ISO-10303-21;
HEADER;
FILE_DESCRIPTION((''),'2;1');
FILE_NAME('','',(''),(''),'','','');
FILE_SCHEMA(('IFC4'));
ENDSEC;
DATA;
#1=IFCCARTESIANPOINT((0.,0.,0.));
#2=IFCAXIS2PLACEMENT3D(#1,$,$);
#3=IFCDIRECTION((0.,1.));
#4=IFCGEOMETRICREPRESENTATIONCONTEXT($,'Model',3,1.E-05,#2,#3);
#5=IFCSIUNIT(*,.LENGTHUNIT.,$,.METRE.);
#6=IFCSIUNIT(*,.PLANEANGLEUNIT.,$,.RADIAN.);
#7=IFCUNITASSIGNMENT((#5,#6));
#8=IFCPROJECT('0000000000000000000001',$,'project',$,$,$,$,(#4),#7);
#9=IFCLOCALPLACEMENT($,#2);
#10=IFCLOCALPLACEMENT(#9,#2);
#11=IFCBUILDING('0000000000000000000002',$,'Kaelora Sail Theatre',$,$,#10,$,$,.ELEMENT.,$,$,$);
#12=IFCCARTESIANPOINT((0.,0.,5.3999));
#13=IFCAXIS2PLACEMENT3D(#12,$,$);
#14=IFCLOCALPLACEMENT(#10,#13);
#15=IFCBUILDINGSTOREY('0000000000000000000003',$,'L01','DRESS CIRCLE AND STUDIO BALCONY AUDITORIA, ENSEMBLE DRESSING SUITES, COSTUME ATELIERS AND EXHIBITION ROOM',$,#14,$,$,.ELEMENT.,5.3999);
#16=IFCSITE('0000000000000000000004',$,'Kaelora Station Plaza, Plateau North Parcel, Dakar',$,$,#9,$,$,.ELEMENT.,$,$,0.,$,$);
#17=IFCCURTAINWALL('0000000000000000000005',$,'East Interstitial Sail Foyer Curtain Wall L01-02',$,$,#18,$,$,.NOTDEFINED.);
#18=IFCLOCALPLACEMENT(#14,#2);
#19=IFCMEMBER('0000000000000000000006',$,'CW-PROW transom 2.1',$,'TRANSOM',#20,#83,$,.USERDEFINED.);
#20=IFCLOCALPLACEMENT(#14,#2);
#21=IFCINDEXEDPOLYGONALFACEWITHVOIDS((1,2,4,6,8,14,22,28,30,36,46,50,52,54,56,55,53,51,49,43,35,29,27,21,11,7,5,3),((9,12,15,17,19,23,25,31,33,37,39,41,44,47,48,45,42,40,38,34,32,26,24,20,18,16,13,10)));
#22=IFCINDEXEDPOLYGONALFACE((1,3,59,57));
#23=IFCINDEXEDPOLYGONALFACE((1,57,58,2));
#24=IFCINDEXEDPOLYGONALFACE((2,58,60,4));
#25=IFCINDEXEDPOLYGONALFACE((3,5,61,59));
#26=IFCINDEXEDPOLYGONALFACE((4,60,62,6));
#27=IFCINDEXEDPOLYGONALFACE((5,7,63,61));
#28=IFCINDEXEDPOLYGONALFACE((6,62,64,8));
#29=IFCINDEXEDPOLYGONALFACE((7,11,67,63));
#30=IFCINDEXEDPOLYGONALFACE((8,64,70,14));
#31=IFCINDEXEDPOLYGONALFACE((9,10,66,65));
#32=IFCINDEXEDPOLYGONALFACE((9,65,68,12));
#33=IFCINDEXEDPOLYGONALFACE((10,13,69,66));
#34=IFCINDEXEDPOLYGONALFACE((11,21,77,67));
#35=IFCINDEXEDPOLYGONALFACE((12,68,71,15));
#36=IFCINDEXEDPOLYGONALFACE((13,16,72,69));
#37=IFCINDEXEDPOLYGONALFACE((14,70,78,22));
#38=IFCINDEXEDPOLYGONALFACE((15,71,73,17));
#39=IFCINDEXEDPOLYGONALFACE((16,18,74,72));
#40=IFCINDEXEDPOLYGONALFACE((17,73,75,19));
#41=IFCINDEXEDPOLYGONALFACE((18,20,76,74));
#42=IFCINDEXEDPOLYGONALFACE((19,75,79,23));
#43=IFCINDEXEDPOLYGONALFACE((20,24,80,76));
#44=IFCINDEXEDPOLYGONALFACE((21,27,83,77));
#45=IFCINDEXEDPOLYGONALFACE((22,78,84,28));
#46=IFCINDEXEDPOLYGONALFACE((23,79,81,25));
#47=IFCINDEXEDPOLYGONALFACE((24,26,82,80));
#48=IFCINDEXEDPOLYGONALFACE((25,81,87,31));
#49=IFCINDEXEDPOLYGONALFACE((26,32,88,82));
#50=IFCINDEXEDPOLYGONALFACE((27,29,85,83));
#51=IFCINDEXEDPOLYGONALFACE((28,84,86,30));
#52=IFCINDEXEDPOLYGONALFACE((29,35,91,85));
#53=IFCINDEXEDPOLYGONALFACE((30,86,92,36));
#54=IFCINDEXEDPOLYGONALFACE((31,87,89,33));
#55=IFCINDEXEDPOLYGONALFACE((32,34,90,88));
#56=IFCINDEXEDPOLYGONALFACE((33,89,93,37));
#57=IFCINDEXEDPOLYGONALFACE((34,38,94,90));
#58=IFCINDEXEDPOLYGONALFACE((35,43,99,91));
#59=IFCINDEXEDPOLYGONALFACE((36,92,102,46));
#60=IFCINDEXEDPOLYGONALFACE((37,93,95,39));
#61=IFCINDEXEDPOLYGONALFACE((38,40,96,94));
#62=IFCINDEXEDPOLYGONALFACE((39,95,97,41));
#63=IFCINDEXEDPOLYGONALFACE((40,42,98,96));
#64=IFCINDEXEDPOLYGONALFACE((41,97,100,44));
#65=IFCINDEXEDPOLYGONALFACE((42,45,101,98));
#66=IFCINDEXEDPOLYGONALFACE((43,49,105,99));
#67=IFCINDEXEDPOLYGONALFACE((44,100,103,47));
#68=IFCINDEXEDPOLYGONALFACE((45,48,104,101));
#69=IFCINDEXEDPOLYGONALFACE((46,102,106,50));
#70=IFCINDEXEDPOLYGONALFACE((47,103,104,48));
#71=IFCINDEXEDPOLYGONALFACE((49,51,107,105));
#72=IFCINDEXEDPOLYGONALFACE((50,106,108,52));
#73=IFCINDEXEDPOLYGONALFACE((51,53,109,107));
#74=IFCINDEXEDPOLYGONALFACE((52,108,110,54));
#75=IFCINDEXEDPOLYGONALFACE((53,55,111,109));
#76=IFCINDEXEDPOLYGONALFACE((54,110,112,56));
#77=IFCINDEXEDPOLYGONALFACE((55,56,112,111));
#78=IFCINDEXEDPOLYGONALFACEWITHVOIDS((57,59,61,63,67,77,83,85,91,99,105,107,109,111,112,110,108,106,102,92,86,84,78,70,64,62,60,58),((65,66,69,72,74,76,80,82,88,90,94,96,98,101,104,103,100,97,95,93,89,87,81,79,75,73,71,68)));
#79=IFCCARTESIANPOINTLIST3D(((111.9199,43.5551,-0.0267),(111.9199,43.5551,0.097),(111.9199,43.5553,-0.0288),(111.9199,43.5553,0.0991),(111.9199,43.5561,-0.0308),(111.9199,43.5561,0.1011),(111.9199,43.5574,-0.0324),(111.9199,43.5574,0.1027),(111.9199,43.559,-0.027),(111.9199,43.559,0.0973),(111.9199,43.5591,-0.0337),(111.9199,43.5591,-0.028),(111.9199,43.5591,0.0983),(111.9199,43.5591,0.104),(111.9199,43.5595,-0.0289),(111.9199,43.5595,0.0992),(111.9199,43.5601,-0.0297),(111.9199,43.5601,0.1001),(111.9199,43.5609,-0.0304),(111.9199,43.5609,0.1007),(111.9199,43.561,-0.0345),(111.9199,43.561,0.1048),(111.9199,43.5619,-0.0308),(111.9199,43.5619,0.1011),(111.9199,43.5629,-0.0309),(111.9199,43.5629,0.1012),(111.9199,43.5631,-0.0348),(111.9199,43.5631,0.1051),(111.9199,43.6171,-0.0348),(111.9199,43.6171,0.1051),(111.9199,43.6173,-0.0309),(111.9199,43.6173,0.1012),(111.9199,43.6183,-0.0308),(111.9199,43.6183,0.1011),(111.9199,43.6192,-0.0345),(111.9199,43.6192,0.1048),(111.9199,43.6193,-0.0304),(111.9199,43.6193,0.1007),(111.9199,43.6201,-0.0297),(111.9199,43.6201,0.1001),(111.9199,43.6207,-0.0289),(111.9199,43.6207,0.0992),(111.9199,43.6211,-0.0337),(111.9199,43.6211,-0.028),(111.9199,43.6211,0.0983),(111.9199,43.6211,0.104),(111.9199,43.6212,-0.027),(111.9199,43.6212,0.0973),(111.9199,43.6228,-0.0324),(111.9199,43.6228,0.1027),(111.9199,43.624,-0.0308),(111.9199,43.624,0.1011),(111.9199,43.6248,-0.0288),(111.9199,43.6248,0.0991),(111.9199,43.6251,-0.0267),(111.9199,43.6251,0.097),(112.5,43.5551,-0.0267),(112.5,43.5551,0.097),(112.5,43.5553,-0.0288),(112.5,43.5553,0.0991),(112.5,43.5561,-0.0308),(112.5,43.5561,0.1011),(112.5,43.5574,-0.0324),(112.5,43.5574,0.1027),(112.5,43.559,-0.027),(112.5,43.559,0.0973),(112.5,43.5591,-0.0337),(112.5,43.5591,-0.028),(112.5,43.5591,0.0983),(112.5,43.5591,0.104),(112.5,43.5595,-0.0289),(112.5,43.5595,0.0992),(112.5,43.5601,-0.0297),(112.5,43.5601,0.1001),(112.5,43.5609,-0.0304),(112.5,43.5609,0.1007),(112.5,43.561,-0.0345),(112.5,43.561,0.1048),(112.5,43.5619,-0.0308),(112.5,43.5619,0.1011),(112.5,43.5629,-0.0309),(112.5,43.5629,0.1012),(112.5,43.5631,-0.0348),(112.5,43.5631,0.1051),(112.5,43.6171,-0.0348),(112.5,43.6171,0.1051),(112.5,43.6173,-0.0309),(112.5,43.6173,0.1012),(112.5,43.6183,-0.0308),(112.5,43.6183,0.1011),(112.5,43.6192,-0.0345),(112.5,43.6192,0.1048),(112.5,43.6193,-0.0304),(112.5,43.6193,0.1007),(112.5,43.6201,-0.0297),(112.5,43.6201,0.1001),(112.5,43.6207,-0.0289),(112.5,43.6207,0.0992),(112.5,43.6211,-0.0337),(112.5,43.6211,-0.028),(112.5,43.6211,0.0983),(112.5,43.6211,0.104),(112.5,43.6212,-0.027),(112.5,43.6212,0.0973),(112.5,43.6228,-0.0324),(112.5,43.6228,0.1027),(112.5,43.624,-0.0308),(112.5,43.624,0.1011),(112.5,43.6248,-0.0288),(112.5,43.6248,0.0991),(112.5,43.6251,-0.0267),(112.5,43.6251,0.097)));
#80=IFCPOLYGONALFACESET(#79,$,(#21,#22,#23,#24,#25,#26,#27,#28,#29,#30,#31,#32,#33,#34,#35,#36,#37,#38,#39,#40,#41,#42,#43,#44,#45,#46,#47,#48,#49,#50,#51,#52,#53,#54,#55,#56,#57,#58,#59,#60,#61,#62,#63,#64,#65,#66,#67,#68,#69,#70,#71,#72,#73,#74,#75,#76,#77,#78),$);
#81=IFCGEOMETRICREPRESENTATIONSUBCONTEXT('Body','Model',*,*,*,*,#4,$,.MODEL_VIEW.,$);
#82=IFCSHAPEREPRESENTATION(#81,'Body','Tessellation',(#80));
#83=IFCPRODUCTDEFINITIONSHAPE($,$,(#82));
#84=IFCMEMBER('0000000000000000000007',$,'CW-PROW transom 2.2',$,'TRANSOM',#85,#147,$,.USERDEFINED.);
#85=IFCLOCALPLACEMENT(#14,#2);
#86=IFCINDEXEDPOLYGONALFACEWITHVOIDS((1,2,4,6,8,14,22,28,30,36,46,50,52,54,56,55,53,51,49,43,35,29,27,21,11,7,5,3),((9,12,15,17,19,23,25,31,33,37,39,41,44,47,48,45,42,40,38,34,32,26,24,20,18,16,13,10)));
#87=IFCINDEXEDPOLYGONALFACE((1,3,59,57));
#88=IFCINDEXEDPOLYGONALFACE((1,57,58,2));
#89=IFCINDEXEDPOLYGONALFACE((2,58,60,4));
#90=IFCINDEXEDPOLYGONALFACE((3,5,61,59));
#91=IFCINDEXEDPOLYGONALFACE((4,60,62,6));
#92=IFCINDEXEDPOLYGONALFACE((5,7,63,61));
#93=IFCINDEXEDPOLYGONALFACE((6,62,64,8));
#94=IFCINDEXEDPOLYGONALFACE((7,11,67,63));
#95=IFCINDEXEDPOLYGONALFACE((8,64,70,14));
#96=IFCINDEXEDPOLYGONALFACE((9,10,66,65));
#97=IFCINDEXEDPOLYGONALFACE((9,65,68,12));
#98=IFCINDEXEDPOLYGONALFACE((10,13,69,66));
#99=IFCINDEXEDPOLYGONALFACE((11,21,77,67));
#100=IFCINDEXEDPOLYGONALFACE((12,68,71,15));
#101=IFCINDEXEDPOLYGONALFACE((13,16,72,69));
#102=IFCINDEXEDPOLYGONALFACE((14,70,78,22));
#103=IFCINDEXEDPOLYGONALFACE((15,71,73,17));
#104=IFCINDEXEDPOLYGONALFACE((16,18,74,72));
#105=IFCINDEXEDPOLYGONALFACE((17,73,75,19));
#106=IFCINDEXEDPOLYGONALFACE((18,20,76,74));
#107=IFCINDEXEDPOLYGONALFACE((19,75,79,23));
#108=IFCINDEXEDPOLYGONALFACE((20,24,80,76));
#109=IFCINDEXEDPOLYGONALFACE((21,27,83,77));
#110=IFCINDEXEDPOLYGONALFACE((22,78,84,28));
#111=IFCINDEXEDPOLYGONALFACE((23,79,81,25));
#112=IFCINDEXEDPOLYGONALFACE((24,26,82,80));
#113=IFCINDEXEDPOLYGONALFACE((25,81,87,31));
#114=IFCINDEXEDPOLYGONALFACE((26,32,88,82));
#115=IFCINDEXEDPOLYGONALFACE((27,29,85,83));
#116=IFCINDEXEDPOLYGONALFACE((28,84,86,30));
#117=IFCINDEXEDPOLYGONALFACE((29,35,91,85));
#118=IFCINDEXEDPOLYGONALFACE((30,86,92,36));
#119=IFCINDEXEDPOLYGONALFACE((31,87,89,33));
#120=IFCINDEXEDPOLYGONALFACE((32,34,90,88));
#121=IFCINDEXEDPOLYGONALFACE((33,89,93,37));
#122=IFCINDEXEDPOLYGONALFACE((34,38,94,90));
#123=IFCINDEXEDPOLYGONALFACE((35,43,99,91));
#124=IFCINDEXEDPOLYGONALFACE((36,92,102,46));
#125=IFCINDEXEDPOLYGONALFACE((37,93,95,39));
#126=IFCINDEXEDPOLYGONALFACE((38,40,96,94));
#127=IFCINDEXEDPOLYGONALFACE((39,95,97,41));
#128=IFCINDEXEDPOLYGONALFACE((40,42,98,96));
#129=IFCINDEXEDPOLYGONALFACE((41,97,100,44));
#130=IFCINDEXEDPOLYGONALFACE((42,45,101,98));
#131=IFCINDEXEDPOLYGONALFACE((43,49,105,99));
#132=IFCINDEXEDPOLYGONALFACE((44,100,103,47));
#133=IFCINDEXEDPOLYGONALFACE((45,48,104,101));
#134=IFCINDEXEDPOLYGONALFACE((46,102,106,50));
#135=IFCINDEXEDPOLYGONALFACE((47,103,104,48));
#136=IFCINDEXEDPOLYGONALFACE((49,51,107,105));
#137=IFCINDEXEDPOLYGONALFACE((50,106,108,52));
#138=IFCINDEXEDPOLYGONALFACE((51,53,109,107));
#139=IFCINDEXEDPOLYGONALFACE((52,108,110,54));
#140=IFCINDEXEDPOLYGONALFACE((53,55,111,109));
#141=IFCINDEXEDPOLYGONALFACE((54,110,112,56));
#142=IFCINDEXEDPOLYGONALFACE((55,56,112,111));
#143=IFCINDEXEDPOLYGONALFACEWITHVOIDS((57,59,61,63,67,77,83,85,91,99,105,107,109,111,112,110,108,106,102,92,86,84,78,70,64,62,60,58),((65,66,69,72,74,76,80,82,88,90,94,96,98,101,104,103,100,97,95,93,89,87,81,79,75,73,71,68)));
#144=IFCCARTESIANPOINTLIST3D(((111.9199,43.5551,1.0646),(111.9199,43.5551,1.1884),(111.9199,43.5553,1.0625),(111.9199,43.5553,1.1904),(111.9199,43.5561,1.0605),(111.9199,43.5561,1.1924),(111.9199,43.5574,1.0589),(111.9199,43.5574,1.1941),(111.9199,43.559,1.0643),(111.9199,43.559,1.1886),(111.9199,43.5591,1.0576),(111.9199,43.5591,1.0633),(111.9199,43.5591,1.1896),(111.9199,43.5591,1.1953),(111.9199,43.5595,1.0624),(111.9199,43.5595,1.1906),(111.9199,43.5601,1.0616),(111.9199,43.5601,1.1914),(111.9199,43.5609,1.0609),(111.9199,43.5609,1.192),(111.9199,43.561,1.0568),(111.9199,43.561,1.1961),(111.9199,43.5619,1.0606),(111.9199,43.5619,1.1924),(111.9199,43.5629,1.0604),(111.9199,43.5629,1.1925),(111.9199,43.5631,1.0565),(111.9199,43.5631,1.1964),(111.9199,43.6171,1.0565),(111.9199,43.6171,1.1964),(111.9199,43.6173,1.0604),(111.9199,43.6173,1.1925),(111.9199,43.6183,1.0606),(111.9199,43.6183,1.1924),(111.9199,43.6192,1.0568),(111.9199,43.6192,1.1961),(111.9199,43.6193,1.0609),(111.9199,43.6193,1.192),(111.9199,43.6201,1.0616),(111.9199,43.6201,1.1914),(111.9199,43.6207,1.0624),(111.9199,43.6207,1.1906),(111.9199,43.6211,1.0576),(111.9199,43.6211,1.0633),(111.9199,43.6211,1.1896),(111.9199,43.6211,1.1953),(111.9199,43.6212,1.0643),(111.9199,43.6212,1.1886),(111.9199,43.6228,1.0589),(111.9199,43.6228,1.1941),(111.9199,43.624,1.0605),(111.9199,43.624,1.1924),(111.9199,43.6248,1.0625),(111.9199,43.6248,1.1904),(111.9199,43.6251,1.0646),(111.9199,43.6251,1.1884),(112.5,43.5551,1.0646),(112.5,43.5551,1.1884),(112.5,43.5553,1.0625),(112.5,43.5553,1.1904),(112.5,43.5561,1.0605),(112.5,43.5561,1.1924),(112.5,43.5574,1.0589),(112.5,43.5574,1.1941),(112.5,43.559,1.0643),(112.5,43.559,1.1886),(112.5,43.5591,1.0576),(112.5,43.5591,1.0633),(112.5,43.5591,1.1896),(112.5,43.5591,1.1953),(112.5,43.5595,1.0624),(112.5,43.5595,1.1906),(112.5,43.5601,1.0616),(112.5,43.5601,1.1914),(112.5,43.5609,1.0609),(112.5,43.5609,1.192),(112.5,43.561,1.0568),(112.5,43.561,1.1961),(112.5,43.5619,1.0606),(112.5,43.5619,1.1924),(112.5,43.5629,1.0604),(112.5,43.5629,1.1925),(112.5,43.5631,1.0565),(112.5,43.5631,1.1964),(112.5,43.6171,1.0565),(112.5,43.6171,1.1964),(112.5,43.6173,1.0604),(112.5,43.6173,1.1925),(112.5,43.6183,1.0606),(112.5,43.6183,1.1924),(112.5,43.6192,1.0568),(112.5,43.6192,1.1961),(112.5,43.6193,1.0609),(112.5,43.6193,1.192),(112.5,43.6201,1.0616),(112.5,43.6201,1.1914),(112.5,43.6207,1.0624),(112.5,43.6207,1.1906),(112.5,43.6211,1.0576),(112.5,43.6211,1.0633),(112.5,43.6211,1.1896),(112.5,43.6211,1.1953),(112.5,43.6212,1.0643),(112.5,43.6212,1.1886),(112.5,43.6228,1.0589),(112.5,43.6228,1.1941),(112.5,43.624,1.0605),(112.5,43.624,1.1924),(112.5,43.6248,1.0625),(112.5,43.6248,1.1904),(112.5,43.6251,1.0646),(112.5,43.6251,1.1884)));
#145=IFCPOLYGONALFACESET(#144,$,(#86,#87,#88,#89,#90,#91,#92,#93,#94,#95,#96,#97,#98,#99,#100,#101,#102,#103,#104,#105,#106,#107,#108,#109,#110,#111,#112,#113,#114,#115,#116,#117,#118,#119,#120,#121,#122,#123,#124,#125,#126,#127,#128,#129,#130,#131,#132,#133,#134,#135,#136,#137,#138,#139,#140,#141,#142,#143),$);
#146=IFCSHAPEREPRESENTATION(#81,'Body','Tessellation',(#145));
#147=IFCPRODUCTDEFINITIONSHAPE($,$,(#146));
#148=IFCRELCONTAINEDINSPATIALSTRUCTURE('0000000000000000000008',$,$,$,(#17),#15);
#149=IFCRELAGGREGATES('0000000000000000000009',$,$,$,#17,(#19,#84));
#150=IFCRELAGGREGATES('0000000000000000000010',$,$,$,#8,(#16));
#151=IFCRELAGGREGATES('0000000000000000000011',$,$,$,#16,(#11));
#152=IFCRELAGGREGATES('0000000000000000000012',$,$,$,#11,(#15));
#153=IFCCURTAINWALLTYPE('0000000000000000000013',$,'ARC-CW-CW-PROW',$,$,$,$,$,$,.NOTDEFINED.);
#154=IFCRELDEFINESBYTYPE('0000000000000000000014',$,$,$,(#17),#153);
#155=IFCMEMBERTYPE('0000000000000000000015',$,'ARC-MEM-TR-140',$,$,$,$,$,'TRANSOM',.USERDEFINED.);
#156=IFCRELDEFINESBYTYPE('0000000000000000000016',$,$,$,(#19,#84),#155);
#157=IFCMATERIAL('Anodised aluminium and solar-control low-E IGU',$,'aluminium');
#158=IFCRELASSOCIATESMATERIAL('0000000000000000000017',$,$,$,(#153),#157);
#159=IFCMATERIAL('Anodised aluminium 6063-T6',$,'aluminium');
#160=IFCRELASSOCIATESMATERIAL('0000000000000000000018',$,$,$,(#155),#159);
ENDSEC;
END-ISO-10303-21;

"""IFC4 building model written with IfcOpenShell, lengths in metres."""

from ifc_helpers import new_model, si_unit, direction, frame, origin, origin_2d, place, context, subcontext, project, spatial, hollow_rectangle, extrude, material, material_profile, profile_set, type_object, element, aggregate, save


model = new_model("IFC4")

# Units and contexts
model_context = context("Model", 3, precision=1e-05, world=origin(), true_north=direction((0.0, 1.0)))
body_context = subcontext(model_context, "Body", "Model", "MODEL_VIEW")
ifc_project = project(units=[si_unit("LENGTHUNIT", "METRE"), si_unit("PLANEANGLEUNIT", "RADIAN")], contexts=[model_context])

# Site, building, storey
site_placement = place(None, origin())
site = spatial("IfcSite", under=ifc_project, at=site_placement, Name="Kaelora Station Plaza, Plateau North Parcel, Dakar", CompositionType="ELEMENT", RefElevation=0.0)
building_placement = place(site_placement, origin())
building = spatial("IfcBuilding", under=site, at=building_placement, Name="Kaelora Sail Theatre", CompositionType="ELEMENT")
storey_placement = place(building_placement, frame((0.0, 0.0, 5.3999)))
storey = spatial("IfcBuildingStorey", under=building, at=storey_placement, Name="L01", Description="DRESS CIRCLE AND STUDIO BALCONY AUDITORIA, ENSEMBLE DRESSING SUITES, COSTUME ATELIERS AND EXHIBITION ROOM", CompositionType="ELEMENT", Elevation=5.3999)

# Shared definitions
ifc_material_1 = material(Name="Anodised aluminium and solar-control low-E IGU", Category="aluminium")
curtain_wall_type = type_object("IfcCurtainWallType", Name="ARC-CW-CW-PROW", PredefinedType="NOTDEFINED", material=ifc_material_1)

# Curtain wall, members
curtain_wall_1_placement = place(storey_placement, origin())
curtain_wall_1 = element("IfcCurtainWall", 1, at=curtain_wall_1_placement, inside=storey, type_object=curtain_wall_type, Name="East Interstitial Sail Foyer Curtain Wall L01-02", PredefinedType="NOTDEFINED")
ifc_material_2 = material(Name="Anodised aluminium 6063-T6", Category="aluminium")
ifc_material_profile_1 = material_profile(ifc_material_2, hollow_rectangle(XDim=0.0701, YDim=0.1399, WallThickness=0.0039, InnerFilletRadius=0.0039, OuterFilletRadius=0.0081, at=origin_2d()), Name="ALU-TRAN 70x140x4")
ifc_profile_set_1 = profile_set([ifc_material_profile_1], Name="Anodised aluminium 6063-T6")
member_type_1 = type_object("IfcMemberType", Name="ARC-MEM-TR-140", ElementType="TRANSOM", PredefinedType="USERDEFINED", material=ifc_profile_set_1)
member_1_placement = place(storey_placement, frame((111.9199, 43.5901, 0.0352), z_axis=(1.0, 0.0, 0.0), x_axis=(0.0, 1.0, 0.0)))
member_1 = element("IfcMember", 2, at=member_1_placement, type_object=member_type_1, Name="CW-PROW transom 2.1", ObjectType="TRANSOM", PredefinedType="USERDEFINED", context=body_context, shape_type="SweptSolid", body=[
    extrude(hollow_rectangle(XDim=0.0701, YDim=0.1399, WallThickness=0.0039, InnerFilletRadius=0.0039, OuterFilletRadius=0.0081, at=origin_2d()), origin(), (0.0, 0.0, 1.0), 0.5801),
])
member_2_placement = place(storey_placement, frame((111.9199, 43.5901, 1.1265), z_axis=(1.0, 0.0, 0.0), x_axis=(0.0, 1.0, 0.0)))
member_2 = element("IfcMember", 3, at=member_2_placement, type_object=member_type_1, Name="CW-PROW transom 2.2", ObjectType="TRANSOM", PredefinedType="USERDEFINED", context=body_context, shape_type="SweptSolid", body=[
    extrude(hollow_rectangle(XDim=0.0701, YDim=0.1399, WallThickness=0.0039, InnerFilletRadius=0.0039, OuterFilletRadius=0.0081, at=origin_2d()), origin(), (0.0, 0.0, 1.0), 0.5801),
])

aggregate(curtain_wall_1, [member_1, member_2])

save(model, "model.ifc")
